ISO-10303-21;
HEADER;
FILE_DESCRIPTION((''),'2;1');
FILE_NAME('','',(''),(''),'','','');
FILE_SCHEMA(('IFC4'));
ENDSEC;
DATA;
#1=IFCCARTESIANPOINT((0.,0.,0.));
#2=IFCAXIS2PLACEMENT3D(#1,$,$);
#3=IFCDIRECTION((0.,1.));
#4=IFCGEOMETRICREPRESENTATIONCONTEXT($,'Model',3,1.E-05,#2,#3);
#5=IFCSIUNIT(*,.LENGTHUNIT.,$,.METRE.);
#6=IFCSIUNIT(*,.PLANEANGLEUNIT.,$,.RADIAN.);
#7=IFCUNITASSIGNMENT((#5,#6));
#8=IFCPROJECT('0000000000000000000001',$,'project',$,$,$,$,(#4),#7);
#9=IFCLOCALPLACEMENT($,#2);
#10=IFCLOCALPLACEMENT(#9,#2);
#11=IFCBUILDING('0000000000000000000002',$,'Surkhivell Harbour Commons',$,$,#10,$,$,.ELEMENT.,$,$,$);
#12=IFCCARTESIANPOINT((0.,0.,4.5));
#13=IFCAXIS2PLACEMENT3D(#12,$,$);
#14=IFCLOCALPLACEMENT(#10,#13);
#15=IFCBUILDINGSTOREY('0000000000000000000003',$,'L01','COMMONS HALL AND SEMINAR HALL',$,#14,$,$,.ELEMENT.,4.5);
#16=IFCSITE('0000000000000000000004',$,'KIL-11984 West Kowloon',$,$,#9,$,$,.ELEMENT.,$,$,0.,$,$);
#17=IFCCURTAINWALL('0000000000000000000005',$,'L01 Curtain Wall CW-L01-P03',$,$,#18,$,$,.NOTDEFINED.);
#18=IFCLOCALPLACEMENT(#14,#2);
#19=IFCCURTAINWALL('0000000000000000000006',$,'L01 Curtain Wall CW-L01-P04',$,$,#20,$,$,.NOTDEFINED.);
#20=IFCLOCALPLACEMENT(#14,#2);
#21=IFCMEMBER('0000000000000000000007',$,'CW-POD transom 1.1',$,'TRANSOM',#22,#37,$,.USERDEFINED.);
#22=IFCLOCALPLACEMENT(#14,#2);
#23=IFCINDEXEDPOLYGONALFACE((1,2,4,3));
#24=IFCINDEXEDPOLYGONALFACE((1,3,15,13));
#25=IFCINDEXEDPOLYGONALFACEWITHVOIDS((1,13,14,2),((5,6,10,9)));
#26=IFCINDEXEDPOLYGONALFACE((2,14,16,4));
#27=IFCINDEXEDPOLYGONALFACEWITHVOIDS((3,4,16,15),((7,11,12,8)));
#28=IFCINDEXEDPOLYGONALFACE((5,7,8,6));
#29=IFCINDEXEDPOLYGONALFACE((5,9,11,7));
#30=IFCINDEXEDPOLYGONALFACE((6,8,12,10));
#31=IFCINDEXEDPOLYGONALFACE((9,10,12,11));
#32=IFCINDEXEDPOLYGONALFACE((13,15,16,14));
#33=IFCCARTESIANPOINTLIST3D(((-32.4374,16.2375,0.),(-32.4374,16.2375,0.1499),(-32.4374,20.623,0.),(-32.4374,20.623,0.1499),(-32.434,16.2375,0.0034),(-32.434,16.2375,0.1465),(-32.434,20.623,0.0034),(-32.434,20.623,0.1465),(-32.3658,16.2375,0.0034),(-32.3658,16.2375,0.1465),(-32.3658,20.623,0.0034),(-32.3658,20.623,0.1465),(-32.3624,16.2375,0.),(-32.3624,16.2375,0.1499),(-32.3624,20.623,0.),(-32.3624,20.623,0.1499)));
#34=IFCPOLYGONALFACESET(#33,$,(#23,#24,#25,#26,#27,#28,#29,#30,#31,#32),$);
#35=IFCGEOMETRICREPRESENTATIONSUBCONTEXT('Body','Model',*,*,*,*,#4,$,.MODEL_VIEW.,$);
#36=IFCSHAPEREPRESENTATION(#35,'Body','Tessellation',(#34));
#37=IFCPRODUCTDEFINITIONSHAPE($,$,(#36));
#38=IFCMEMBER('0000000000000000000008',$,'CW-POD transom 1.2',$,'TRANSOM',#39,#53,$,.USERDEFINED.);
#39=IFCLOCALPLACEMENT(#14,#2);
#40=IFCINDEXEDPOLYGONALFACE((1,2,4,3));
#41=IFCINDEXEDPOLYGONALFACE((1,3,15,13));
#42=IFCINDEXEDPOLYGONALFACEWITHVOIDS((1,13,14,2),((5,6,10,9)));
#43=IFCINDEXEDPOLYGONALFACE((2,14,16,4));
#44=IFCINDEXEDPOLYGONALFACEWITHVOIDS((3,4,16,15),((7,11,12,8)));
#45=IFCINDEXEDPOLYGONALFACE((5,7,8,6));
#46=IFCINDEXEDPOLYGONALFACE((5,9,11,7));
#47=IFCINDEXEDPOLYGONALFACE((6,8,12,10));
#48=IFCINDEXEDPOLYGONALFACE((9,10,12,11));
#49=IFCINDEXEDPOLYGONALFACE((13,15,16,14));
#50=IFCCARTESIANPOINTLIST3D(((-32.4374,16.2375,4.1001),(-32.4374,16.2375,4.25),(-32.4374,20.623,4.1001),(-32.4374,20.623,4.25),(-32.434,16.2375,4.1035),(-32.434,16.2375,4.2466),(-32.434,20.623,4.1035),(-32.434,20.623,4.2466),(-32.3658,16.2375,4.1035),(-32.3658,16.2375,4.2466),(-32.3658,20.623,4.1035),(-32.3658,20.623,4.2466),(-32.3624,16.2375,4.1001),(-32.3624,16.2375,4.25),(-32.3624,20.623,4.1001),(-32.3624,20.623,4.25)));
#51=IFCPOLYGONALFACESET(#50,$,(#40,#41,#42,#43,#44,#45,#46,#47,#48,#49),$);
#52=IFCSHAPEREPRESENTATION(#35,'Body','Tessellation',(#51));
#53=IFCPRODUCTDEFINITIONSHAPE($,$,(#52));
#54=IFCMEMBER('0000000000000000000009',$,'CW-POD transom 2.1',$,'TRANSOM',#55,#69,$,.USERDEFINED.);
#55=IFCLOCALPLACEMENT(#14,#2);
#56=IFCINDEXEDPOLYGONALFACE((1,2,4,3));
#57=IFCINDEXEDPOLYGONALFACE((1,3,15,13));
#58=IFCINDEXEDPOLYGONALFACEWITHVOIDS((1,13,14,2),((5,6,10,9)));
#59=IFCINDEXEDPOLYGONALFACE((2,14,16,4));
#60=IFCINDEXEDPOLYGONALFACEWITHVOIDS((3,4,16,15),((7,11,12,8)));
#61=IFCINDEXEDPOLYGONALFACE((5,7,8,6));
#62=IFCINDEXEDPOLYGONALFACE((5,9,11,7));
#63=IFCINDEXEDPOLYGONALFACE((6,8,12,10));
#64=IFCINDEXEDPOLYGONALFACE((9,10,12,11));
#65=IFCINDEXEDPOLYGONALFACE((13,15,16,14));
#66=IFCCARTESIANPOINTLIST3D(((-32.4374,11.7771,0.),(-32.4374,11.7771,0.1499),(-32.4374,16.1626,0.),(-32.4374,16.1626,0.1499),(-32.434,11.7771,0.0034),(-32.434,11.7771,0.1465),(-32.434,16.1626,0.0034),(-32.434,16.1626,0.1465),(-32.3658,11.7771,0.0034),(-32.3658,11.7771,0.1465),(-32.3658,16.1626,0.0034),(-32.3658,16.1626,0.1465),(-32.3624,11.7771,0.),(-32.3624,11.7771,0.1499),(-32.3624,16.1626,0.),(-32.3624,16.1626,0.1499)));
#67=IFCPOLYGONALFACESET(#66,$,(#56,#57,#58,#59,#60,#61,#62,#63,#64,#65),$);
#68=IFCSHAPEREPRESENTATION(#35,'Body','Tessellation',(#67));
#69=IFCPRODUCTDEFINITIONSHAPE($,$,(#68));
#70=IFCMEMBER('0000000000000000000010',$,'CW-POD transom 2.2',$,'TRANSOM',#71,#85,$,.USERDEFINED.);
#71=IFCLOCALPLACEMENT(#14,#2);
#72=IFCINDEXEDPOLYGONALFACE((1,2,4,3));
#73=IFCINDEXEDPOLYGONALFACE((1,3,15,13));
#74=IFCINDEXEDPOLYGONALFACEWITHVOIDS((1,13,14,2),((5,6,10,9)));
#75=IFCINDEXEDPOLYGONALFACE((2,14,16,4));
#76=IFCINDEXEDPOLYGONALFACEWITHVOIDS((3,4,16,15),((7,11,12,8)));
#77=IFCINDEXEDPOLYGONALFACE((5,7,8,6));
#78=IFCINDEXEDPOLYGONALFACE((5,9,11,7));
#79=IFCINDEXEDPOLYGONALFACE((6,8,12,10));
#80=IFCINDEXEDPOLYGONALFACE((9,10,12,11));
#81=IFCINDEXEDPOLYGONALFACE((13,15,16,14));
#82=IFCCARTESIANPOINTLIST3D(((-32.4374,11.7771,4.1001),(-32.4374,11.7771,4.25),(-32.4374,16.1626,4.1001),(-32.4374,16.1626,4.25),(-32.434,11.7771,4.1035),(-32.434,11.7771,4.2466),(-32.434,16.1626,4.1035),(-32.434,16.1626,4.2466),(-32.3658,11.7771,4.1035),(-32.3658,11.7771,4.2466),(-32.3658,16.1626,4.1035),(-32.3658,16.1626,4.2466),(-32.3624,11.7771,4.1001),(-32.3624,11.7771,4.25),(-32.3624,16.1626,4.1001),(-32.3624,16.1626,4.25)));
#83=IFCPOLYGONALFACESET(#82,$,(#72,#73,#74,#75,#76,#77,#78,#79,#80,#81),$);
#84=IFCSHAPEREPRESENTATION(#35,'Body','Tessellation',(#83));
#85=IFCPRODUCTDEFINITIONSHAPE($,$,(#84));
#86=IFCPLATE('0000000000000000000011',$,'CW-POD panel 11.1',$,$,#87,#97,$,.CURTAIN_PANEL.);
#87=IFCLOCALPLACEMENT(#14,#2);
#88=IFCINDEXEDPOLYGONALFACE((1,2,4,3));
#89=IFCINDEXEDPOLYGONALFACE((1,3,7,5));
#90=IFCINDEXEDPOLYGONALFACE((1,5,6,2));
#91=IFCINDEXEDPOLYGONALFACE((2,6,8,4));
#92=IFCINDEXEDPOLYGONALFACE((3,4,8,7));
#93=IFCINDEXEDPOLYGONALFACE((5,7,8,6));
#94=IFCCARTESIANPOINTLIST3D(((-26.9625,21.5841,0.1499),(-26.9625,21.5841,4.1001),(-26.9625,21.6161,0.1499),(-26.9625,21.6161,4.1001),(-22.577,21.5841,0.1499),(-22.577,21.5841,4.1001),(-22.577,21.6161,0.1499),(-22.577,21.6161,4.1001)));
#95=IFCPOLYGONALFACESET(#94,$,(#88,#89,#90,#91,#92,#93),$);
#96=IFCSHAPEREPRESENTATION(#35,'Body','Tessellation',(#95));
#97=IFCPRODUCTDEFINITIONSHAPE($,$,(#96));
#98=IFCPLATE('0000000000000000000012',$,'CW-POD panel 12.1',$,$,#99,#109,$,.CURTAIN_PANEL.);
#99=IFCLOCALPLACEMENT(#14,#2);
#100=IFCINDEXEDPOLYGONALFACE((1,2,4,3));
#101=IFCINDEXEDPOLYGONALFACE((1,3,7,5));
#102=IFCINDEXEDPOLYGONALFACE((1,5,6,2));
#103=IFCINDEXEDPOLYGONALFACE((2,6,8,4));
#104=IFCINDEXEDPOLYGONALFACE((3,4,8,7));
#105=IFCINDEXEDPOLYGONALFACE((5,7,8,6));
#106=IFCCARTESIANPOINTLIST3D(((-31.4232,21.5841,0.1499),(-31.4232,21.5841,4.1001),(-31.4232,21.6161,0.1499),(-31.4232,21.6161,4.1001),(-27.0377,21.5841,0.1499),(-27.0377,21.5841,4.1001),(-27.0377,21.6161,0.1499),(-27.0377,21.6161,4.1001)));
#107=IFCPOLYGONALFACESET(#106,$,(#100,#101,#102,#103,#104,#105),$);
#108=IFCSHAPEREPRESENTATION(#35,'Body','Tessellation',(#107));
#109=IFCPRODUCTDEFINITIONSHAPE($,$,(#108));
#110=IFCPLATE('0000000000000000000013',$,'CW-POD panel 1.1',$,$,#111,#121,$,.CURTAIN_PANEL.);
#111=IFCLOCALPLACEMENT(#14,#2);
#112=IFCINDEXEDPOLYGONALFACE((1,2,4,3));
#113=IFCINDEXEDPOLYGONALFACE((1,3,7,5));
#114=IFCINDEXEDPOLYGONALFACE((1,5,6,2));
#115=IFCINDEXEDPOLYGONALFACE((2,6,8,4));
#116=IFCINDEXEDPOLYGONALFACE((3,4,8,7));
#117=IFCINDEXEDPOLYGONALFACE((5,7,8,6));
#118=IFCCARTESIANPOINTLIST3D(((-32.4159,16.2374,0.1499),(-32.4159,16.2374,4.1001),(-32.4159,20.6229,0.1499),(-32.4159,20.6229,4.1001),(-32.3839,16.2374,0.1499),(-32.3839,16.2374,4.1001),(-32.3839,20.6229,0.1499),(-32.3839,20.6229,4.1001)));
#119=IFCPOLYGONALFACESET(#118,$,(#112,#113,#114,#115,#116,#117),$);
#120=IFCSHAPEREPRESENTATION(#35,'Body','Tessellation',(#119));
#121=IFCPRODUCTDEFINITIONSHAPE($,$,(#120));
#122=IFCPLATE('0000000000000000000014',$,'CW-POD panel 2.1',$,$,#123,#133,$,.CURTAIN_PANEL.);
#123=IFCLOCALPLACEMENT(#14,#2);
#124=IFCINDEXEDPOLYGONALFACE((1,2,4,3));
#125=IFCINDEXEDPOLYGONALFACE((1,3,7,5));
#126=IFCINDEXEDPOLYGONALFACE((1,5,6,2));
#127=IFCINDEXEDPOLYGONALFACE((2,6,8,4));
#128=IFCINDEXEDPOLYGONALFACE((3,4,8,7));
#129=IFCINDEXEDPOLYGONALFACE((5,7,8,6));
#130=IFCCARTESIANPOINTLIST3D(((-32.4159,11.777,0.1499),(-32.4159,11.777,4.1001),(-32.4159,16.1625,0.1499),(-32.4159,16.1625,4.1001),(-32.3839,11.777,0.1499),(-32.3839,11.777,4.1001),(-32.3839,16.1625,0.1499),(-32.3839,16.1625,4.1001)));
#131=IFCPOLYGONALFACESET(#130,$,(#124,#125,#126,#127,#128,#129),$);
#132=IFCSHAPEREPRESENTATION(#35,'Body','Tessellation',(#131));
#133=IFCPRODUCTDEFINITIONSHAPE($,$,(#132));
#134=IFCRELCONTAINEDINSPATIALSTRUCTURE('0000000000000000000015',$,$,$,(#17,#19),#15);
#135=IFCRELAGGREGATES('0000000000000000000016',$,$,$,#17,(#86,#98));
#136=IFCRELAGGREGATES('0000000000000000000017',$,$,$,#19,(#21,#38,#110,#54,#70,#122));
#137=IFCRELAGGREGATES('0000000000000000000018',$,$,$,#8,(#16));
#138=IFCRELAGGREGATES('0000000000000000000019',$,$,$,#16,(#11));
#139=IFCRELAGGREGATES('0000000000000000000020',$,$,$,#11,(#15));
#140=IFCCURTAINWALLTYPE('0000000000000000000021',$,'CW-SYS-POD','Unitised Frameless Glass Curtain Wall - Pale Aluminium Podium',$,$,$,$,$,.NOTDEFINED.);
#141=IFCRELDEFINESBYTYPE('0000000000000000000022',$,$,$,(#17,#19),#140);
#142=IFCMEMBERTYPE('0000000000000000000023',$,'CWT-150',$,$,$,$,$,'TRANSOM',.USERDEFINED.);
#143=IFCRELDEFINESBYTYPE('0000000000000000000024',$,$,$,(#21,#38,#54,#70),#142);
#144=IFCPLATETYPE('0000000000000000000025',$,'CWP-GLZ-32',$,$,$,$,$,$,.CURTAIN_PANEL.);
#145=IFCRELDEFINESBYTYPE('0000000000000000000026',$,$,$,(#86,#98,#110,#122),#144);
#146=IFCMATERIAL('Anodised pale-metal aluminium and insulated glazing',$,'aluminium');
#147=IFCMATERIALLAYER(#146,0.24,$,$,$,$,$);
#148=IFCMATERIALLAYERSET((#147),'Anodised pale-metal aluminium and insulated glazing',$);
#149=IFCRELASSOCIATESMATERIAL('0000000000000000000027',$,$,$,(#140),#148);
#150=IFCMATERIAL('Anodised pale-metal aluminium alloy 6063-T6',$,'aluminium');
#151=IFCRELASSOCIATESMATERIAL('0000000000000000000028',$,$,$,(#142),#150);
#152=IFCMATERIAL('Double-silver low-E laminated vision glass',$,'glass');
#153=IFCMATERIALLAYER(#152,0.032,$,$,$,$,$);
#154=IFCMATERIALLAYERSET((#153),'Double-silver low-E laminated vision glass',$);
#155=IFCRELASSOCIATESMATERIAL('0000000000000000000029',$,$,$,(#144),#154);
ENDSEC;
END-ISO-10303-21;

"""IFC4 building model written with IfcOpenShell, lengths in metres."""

from ifc_helpers import new_model, si_unit, direction, frame, frame_2d, origin, origin_2d, place, context, subcontext, project, spatial, rectangle, hollow_rectangle, extrude, material, layer, layer_set, material_profile, profile_set, type_object, element, aggregate, save


model = new_model("IFC4")

# Units and contexts
model_context = context("Model", 3, precision=1e-05, world=origin(), true_north=direction((0.0, 1.0)))
body_context = subcontext(model_context, "Body", "Model", "MODEL_VIEW")
ifc_project = project(units=[si_unit("LENGTHUNIT", "METRE"), si_unit("PLANEANGLEUNIT", "RADIAN")], contexts=[model_context])

# Site, building, storey
site_placement = place(None, origin())
site = spatial("IfcSite", under=ifc_project, at=site_placement, Name="KIL-11984 West Kowloon", CompositionType="ELEMENT", RefElevation=0.0)
building_placement = place(site_placement, origin())
building = spatial("IfcBuilding", under=site, at=building_placement, Name="Surkhivell Harbour Commons", CompositionType="ELEMENT")
storey_placement = place(building_placement, frame((0.0, 0.0, 4.5)))
storey = spatial("IfcBuildingStorey", under=building, at=storey_placement, Name="L01", Description="COMMONS HALL AND SEMINAR HALL", CompositionType="ELEMENT", Elevation=4.5)

# Curtain walls
ifc_material_1 = material(Name="Anodised pale-metal aluminium and insulated glazing", Category="aluminium")
ifc_layer_1 = layer(ifc_material_1, 0.24)
ifc_layer_set_1 = layer_set([ifc_layer_1], Name="Anodised pale-metal aluminium and insulated glazing")
curtain_wall_type = type_object("IfcCurtainWallType", Name="CW-SYS-POD", Description="Unitised Frameless Glass Curtain Wall - Pale Aluminium Podium", PredefinedType="NOTDEFINED", material=ifc_layer_set_1)
curtain_wall_1_placement = place(storey_placement, origin())
curtain_wall_1 = element("IfcCurtainWall", 1, at=curtain_wall_1_placement, inside=storey, type_object=curtain_wall_type, Name="L01 Curtain Wall CW-L01-P03", PredefinedType="NOTDEFINED")
ifc_material_2 = material(Name="Anodised pale-metal aluminium alloy 6063-T6", Category="aluminium")
curtain_wall_2_placement = place(storey_placement, origin())
curtain_wall_2 = element("IfcCurtainWall", 2, at=curtain_wall_2_placement, inside=storey, type_object=curtain_wall_type, Name="L01 Curtain Wall CW-L01-P04", PredefinedType="NOTDEFINED")

# Members
ifc_material_profile_1 = material_profile(ifc_material_2, hollow_rectangle(XDim=0.075, YDim=0.1499, WallThickness=0.0034, at=origin_2d()), Name="ALU-TRAN-75x150")
ifc_profile_set_1 = profile_set([ifc_material_profile_1], Name="Anodised pale-metal aluminium alloy 6063-T6")
member_type_1 = type_object("IfcMemberType", Name="CWT-150", ElementType="TRANSOM", PredefinedType="USERDEFINED", material=ifc_profile_set_1)
member_1_placement = place(storey_placement, frame((-32.3999, 20.623, 0.075), z_axis=(0.0, -1.0, 0.0), x_axis=(1.0, 0.0, 0.0)))
member_1 = element("IfcMember", 3, at=member_1_placement, type_object=member_type_1, Name="CW-POD transom 1.1", ObjectType="TRANSOM", PredefinedType="USERDEFINED", context=body_context, shape_type="SweptSolid", body=[
    extrude(hollow_rectangle(XDim=0.075, YDim=0.1499, WallThickness=0.0034, at=origin_2d()), origin(), (0.0, 0.0, 1.0), 4.3855),
])
member_2_placement = place(storey_placement, frame((-32.3999, 20.623, 4.175), z_axis=(0.0, -1.0, 0.0), x_axis=(1.0, 0.0, 0.0)))
member_2 = element("IfcMember", 4, at=member_2_placement, type_object=member_type_1, Name="CW-POD transom 1.2", ObjectType="TRANSOM", PredefinedType="USERDEFINED", context=body_context, shape_type="SweptSolid", body=[
    extrude(hollow_rectangle(XDim=0.075, YDim=0.1499, WallThickness=0.0034, at=origin_2d()), origin(), (0.0, 0.0, 1.0), 4.3855),
])
member_3_placement = place(storey_placement, frame((-32.3999, 16.1626, 0.075), z_axis=(0.0, -1.0, 0.0), x_axis=(1.0, 0.0, 0.0)))
member_3 = element("IfcMember", 5, at=member_3_placement, type_object=member_type_1, Name="CW-POD transom 2.1", ObjectType="TRANSOM", PredefinedType="USERDEFINED", context=body_context, shape_type="SweptSolid", body=[
    extrude(hollow_rectangle(XDim=0.075, YDim=0.1499, WallThickness=0.0034, at=origin_2d()), origin(), (0.0, 0.0, 1.0), 4.3855),
])
member_4_placement = place(storey_placement, frame((-32.3999, 16.1626, 4.175), z_axis=(0.0, -1.0, 0.0), x_axis=(1.0, 0.0, 0.0)))
member_4 = element("IfcMember", 6, at=member_4_placement, type_object=member_type_1, Name="CW-POD transom 2.2", ObjectType="TRANSOM", PredefinedType="USERDEFINED", context=body_context, shape_type="SweptSolid", body=[
    extrude(hollow_rectangle(XDim=0.075, YDim=0.1499, WallThickness=0.0034, at=origin_2d()), origin(), (0.0, 0.0, 1.0), 4.3855),
])

# Plates
ifc_material_3 = material(Name="Double-silver low-E laminated vision glass", Category="glass")
ifc_layer_2 = layer(ifc_material_3, 0.032)
ifc_layer_set_2 = layer_set([ifc_layer_2], Name="Double-silver low-E laminated vision glass")
plate_type = type_object("IfcPlateType", Name="CWP-GLZ-32", PredefinedType="CURTAIN_PANEL", material=ifc_layer_set_2)
plate_1_placement = place(storey_placement, frame((-22.5769, 21.6001, 0.1499), z_axis=(0.0, 0.0, 1.0), x_axis=(-1.0, 0.0, 0.0)))
plate_1 = element("IfcPlate", 7, at=plate_1_placement, type_object=plate_type, Name="CW-POD panel 11.1", PredefinedType="CURTAIN_PANEL", context=body_context, shape_type="SweptSolid", body=[
    extrude(rectangle(XDim=4.3855, YDim=0.032, at=frame_2d((2.1929, 0.0))), origin(), (0.0, 0.0, 1.0), 3.9502),
])
plate_2_placement = place(storey_placement, frame((-27.0376, 21.6001, 0.1499), z_axis=(0.0, 0.0, 1.0), x_axis=(-1.0, 0.0, 0.0)))
plate_2 = element("IfcPlate", 8, at=plate_2_placement, type_object=plate_type, Name="CW-POD panel 12.1", PredefinedType="CURTAIN_PANEL", context=body_context, shape_type="SweptSolid", body=[
    extrude(rectangle(XDim=4.3855, YDim=0.032, at=frame_2d((2.1929, 0.0))), origin(), (0.0, 0.0, 1.0), 3.9502),
])
aggregate(curtain_wall_1, [plate_1, plate_2])
plate_3_placement = place(storey_placement, frame((-32.3999, 20.623, 0.1499), z_axis=(0.0, 0.0, 1.0), x_axis=(0.0, -1.0, 0.0)))
plate_3 = element("IfcPlate", 9, at=plate_3_placement, type_object=plate_type, Name="CW-POD panel 1.1", PredefinedType="CURTAIN_PANEL", context=body_context, shape_type="SweptSolid", body=[
    extrude(rectangle(XDim=4.3855, YDim=0.032, at=frame_2d((2.1929, 0.0))), origin(), (0.0, 0.0, 1.0), 3.9502),
])
plate_4_placement = place(storey_placement, frame((-32.3999, 16.1626, 0.1499), z_axis=(0.0, 0.0, 1.0), x_axis=(0.0, -1.0, 0.0)))
plate_4 = element("IfcPlate", 10, at=plate_4_placement, type_object=plate_type, Name="CW-POD panel 2.1", PredefinedType="CURTAIN_PANEL", context=body_context, shape_type="SweptSolid", body=[
    extrude(rectangle(XDim=4.3855, YDim=0.032, at=frame_2d((2.1929, 0.0))), origin(), (0.0, 0.0, 1.0), 3.9502),
])
aggregate(curtain_wall_2, [member_1, member_2, plate_3, member_3, member_4, plate_4])

save(model, "model.ifc")
